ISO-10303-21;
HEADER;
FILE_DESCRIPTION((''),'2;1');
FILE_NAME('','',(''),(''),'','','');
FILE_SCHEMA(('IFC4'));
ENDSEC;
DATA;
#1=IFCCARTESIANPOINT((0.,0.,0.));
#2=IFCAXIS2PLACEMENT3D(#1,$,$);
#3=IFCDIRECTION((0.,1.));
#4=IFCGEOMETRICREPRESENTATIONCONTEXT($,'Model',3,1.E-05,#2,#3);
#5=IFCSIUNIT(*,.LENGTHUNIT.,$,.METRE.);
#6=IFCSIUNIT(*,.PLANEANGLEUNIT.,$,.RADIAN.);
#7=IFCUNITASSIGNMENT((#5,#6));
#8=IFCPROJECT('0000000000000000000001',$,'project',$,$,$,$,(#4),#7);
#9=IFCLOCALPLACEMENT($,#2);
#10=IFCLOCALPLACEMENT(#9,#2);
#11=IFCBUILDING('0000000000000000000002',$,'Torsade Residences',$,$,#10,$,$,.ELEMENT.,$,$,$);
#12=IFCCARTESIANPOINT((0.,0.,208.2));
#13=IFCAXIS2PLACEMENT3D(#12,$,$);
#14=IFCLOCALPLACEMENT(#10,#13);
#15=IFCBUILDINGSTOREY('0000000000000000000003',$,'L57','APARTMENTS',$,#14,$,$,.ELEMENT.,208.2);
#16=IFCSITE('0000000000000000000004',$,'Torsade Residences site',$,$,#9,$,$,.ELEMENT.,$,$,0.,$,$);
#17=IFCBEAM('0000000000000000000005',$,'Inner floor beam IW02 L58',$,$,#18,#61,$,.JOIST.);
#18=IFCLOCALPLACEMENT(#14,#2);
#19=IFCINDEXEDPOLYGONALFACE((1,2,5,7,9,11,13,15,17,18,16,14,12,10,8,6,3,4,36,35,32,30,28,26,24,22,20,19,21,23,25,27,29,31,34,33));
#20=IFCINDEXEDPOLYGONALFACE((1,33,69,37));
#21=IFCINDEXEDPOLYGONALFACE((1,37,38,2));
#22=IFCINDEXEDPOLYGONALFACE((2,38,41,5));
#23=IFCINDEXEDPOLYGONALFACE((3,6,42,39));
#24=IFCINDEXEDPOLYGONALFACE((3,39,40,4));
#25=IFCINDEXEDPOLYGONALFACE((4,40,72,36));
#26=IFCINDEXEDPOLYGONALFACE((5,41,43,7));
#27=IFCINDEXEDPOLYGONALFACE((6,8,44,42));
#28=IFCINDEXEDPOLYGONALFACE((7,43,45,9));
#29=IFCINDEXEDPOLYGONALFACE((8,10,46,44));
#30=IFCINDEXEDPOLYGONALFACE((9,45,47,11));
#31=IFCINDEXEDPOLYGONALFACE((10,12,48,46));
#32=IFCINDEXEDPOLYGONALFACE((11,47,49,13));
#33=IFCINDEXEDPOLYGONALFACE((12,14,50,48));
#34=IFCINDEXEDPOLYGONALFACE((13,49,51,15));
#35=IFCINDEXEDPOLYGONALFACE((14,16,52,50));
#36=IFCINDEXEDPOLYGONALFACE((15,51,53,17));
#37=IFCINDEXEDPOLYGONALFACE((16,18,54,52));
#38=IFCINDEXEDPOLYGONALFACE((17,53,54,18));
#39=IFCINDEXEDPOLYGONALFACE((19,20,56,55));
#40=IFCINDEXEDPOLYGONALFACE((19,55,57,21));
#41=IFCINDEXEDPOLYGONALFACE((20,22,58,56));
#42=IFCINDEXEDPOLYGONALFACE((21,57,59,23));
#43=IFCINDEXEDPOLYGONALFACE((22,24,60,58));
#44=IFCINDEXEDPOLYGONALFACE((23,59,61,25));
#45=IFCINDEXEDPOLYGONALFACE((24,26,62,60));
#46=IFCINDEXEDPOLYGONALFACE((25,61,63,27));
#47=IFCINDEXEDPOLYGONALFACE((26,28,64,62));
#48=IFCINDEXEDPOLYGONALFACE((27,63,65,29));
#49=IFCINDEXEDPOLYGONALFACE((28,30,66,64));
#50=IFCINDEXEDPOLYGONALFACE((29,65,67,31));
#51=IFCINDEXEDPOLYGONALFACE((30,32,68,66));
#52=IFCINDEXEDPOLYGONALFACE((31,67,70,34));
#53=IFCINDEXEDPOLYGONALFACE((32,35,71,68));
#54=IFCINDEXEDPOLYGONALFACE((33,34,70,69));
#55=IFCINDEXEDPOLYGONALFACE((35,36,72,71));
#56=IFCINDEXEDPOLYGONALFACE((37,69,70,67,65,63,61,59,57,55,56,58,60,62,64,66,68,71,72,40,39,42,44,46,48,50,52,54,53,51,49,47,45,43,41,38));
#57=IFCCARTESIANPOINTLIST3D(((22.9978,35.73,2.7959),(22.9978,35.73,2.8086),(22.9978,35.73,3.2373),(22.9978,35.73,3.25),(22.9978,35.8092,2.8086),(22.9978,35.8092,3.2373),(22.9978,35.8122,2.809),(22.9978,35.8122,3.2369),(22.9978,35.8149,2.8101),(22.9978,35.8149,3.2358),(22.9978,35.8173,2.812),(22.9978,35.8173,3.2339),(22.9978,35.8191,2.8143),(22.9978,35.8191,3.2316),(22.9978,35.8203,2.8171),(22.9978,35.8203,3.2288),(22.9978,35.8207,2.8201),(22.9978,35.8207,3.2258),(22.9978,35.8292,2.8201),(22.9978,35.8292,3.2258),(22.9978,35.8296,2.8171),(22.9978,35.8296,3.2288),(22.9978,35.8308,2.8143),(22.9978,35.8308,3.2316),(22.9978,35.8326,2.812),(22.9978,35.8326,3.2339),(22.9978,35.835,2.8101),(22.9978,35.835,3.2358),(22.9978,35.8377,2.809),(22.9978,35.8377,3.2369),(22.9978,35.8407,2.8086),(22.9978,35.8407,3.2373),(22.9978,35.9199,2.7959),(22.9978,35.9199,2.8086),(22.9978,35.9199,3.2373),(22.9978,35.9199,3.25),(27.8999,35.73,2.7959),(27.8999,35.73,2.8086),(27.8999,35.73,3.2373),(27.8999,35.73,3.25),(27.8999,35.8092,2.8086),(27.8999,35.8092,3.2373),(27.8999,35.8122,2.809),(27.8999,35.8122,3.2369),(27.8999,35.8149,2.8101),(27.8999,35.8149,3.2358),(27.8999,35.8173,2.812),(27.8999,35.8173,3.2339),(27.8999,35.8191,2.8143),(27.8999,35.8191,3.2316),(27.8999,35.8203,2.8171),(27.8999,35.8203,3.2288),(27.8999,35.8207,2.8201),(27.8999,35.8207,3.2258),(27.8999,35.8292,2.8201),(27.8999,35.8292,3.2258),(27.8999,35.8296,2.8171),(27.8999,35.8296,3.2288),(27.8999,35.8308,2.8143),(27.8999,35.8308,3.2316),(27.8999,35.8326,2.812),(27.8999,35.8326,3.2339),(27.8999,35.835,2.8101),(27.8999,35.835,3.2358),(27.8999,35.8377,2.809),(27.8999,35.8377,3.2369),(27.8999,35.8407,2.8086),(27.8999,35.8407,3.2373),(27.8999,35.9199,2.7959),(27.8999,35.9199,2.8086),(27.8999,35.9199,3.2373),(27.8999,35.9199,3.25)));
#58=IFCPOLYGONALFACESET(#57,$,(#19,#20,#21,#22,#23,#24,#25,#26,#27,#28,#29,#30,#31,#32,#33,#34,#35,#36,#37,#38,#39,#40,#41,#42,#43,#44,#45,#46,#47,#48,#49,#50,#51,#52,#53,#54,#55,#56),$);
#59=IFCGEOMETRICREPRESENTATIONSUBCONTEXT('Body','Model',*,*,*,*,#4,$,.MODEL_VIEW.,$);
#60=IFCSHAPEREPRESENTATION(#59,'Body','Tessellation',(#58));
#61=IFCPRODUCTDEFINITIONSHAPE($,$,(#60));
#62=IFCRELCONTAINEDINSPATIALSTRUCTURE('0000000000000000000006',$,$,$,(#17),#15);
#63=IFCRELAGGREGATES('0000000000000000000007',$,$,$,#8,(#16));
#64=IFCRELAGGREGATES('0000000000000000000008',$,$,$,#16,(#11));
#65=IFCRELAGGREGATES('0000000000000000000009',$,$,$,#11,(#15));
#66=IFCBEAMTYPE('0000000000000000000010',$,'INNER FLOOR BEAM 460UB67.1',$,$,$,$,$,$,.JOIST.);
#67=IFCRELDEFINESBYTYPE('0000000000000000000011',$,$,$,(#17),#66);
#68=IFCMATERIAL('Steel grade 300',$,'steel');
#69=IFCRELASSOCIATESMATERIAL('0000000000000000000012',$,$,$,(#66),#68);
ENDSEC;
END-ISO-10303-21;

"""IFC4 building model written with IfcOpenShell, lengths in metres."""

from ifc_helpers import new_model, si_unit, direction, frame, origin, origin_2d, place, context, subcontext, project, spatial, i_section, extrude, material, material_profile, profile_set, type_object, element, save


model = new_model("IFC4")

# Units and contexts
model_context = context("Model", 3, precision=1e-05, world=origin(), true_north=direction((0.0, 1.0)))
body_context = subcontext(model_context, "Body", "Model", "MODEL_VIEW")
ifc_project = project(units=[si_unit("LENGTHUNIT", "METRE"), si_unit("PLANEANGLEUNIT", "RADIAN")], contexts=[model_context])

# Site, building, storey
site_placement = place(None, origin())
site = spatial("IfcSite", under=ifc_project, at=site_placement, Name="Torsade Residences site", CompositionType="ELEMENT", RefElevation=0.0)
building_placement = place(site_placement, origin())
building = spatial("IfcBuilding", under=site, at=building_placement, Name="Torsade Residences", CompositionType="ELEMENT")
storey_placement = place(building_placement, frame((0.0, 0.0, 208.2)))
storey = spatial("IfcBuildingStorey", under=building, at=storey_placement, Name="L57", Description="APARTMENTS", CompositionType="ELEMENT", Elevation=208.2)

# Beam
ifc_material_1 = material(Name="Steel grade 300", Category="steel")
ifc_material_profile = material_profile(ifc_material_1, i_section(OverallWidth=0.1899, OverallDepth=0.4541, WebThickness=0.0085, FlangeThickness=0.0127, FilletRadius=0.0115, at=origin_2d()), Name="460UB67.1")
ifc_profile_set = profile_set([ifc_material_profile], Name="Steel grade 300")
beam_type = type_object("IfcBeamType", Name="INNER FLOOR BEAM 460UB67.1", PredefinedType="JOIST", material=ifc_profile_set)
beam_placement = place(storey_placement, frame((27.8999, 35.825, 3.0229), z_axis=(-1.0, 0.0, 0.0), x_axis=(0.0, -1.0, 0.0)))
element("IfcBeam", 1, at=beam_placement, inside=storey, type_object=beam_type, Name="Inner floor beam IW02 L58", PredefinedType="JOIST", context=body_context, shape_type="SweptSolid", body=[
    extrude(i_section(OverallWidth=0.1899, OverallDepth=0.4541, WebThickness=0.0085, FlangeThickness=0.0127, FilletRadius=0.0115, at=origin_2d()), origin(), (0.0, 0.0, 1.0), 4.9021),
])

save(model, "model.ifc")
